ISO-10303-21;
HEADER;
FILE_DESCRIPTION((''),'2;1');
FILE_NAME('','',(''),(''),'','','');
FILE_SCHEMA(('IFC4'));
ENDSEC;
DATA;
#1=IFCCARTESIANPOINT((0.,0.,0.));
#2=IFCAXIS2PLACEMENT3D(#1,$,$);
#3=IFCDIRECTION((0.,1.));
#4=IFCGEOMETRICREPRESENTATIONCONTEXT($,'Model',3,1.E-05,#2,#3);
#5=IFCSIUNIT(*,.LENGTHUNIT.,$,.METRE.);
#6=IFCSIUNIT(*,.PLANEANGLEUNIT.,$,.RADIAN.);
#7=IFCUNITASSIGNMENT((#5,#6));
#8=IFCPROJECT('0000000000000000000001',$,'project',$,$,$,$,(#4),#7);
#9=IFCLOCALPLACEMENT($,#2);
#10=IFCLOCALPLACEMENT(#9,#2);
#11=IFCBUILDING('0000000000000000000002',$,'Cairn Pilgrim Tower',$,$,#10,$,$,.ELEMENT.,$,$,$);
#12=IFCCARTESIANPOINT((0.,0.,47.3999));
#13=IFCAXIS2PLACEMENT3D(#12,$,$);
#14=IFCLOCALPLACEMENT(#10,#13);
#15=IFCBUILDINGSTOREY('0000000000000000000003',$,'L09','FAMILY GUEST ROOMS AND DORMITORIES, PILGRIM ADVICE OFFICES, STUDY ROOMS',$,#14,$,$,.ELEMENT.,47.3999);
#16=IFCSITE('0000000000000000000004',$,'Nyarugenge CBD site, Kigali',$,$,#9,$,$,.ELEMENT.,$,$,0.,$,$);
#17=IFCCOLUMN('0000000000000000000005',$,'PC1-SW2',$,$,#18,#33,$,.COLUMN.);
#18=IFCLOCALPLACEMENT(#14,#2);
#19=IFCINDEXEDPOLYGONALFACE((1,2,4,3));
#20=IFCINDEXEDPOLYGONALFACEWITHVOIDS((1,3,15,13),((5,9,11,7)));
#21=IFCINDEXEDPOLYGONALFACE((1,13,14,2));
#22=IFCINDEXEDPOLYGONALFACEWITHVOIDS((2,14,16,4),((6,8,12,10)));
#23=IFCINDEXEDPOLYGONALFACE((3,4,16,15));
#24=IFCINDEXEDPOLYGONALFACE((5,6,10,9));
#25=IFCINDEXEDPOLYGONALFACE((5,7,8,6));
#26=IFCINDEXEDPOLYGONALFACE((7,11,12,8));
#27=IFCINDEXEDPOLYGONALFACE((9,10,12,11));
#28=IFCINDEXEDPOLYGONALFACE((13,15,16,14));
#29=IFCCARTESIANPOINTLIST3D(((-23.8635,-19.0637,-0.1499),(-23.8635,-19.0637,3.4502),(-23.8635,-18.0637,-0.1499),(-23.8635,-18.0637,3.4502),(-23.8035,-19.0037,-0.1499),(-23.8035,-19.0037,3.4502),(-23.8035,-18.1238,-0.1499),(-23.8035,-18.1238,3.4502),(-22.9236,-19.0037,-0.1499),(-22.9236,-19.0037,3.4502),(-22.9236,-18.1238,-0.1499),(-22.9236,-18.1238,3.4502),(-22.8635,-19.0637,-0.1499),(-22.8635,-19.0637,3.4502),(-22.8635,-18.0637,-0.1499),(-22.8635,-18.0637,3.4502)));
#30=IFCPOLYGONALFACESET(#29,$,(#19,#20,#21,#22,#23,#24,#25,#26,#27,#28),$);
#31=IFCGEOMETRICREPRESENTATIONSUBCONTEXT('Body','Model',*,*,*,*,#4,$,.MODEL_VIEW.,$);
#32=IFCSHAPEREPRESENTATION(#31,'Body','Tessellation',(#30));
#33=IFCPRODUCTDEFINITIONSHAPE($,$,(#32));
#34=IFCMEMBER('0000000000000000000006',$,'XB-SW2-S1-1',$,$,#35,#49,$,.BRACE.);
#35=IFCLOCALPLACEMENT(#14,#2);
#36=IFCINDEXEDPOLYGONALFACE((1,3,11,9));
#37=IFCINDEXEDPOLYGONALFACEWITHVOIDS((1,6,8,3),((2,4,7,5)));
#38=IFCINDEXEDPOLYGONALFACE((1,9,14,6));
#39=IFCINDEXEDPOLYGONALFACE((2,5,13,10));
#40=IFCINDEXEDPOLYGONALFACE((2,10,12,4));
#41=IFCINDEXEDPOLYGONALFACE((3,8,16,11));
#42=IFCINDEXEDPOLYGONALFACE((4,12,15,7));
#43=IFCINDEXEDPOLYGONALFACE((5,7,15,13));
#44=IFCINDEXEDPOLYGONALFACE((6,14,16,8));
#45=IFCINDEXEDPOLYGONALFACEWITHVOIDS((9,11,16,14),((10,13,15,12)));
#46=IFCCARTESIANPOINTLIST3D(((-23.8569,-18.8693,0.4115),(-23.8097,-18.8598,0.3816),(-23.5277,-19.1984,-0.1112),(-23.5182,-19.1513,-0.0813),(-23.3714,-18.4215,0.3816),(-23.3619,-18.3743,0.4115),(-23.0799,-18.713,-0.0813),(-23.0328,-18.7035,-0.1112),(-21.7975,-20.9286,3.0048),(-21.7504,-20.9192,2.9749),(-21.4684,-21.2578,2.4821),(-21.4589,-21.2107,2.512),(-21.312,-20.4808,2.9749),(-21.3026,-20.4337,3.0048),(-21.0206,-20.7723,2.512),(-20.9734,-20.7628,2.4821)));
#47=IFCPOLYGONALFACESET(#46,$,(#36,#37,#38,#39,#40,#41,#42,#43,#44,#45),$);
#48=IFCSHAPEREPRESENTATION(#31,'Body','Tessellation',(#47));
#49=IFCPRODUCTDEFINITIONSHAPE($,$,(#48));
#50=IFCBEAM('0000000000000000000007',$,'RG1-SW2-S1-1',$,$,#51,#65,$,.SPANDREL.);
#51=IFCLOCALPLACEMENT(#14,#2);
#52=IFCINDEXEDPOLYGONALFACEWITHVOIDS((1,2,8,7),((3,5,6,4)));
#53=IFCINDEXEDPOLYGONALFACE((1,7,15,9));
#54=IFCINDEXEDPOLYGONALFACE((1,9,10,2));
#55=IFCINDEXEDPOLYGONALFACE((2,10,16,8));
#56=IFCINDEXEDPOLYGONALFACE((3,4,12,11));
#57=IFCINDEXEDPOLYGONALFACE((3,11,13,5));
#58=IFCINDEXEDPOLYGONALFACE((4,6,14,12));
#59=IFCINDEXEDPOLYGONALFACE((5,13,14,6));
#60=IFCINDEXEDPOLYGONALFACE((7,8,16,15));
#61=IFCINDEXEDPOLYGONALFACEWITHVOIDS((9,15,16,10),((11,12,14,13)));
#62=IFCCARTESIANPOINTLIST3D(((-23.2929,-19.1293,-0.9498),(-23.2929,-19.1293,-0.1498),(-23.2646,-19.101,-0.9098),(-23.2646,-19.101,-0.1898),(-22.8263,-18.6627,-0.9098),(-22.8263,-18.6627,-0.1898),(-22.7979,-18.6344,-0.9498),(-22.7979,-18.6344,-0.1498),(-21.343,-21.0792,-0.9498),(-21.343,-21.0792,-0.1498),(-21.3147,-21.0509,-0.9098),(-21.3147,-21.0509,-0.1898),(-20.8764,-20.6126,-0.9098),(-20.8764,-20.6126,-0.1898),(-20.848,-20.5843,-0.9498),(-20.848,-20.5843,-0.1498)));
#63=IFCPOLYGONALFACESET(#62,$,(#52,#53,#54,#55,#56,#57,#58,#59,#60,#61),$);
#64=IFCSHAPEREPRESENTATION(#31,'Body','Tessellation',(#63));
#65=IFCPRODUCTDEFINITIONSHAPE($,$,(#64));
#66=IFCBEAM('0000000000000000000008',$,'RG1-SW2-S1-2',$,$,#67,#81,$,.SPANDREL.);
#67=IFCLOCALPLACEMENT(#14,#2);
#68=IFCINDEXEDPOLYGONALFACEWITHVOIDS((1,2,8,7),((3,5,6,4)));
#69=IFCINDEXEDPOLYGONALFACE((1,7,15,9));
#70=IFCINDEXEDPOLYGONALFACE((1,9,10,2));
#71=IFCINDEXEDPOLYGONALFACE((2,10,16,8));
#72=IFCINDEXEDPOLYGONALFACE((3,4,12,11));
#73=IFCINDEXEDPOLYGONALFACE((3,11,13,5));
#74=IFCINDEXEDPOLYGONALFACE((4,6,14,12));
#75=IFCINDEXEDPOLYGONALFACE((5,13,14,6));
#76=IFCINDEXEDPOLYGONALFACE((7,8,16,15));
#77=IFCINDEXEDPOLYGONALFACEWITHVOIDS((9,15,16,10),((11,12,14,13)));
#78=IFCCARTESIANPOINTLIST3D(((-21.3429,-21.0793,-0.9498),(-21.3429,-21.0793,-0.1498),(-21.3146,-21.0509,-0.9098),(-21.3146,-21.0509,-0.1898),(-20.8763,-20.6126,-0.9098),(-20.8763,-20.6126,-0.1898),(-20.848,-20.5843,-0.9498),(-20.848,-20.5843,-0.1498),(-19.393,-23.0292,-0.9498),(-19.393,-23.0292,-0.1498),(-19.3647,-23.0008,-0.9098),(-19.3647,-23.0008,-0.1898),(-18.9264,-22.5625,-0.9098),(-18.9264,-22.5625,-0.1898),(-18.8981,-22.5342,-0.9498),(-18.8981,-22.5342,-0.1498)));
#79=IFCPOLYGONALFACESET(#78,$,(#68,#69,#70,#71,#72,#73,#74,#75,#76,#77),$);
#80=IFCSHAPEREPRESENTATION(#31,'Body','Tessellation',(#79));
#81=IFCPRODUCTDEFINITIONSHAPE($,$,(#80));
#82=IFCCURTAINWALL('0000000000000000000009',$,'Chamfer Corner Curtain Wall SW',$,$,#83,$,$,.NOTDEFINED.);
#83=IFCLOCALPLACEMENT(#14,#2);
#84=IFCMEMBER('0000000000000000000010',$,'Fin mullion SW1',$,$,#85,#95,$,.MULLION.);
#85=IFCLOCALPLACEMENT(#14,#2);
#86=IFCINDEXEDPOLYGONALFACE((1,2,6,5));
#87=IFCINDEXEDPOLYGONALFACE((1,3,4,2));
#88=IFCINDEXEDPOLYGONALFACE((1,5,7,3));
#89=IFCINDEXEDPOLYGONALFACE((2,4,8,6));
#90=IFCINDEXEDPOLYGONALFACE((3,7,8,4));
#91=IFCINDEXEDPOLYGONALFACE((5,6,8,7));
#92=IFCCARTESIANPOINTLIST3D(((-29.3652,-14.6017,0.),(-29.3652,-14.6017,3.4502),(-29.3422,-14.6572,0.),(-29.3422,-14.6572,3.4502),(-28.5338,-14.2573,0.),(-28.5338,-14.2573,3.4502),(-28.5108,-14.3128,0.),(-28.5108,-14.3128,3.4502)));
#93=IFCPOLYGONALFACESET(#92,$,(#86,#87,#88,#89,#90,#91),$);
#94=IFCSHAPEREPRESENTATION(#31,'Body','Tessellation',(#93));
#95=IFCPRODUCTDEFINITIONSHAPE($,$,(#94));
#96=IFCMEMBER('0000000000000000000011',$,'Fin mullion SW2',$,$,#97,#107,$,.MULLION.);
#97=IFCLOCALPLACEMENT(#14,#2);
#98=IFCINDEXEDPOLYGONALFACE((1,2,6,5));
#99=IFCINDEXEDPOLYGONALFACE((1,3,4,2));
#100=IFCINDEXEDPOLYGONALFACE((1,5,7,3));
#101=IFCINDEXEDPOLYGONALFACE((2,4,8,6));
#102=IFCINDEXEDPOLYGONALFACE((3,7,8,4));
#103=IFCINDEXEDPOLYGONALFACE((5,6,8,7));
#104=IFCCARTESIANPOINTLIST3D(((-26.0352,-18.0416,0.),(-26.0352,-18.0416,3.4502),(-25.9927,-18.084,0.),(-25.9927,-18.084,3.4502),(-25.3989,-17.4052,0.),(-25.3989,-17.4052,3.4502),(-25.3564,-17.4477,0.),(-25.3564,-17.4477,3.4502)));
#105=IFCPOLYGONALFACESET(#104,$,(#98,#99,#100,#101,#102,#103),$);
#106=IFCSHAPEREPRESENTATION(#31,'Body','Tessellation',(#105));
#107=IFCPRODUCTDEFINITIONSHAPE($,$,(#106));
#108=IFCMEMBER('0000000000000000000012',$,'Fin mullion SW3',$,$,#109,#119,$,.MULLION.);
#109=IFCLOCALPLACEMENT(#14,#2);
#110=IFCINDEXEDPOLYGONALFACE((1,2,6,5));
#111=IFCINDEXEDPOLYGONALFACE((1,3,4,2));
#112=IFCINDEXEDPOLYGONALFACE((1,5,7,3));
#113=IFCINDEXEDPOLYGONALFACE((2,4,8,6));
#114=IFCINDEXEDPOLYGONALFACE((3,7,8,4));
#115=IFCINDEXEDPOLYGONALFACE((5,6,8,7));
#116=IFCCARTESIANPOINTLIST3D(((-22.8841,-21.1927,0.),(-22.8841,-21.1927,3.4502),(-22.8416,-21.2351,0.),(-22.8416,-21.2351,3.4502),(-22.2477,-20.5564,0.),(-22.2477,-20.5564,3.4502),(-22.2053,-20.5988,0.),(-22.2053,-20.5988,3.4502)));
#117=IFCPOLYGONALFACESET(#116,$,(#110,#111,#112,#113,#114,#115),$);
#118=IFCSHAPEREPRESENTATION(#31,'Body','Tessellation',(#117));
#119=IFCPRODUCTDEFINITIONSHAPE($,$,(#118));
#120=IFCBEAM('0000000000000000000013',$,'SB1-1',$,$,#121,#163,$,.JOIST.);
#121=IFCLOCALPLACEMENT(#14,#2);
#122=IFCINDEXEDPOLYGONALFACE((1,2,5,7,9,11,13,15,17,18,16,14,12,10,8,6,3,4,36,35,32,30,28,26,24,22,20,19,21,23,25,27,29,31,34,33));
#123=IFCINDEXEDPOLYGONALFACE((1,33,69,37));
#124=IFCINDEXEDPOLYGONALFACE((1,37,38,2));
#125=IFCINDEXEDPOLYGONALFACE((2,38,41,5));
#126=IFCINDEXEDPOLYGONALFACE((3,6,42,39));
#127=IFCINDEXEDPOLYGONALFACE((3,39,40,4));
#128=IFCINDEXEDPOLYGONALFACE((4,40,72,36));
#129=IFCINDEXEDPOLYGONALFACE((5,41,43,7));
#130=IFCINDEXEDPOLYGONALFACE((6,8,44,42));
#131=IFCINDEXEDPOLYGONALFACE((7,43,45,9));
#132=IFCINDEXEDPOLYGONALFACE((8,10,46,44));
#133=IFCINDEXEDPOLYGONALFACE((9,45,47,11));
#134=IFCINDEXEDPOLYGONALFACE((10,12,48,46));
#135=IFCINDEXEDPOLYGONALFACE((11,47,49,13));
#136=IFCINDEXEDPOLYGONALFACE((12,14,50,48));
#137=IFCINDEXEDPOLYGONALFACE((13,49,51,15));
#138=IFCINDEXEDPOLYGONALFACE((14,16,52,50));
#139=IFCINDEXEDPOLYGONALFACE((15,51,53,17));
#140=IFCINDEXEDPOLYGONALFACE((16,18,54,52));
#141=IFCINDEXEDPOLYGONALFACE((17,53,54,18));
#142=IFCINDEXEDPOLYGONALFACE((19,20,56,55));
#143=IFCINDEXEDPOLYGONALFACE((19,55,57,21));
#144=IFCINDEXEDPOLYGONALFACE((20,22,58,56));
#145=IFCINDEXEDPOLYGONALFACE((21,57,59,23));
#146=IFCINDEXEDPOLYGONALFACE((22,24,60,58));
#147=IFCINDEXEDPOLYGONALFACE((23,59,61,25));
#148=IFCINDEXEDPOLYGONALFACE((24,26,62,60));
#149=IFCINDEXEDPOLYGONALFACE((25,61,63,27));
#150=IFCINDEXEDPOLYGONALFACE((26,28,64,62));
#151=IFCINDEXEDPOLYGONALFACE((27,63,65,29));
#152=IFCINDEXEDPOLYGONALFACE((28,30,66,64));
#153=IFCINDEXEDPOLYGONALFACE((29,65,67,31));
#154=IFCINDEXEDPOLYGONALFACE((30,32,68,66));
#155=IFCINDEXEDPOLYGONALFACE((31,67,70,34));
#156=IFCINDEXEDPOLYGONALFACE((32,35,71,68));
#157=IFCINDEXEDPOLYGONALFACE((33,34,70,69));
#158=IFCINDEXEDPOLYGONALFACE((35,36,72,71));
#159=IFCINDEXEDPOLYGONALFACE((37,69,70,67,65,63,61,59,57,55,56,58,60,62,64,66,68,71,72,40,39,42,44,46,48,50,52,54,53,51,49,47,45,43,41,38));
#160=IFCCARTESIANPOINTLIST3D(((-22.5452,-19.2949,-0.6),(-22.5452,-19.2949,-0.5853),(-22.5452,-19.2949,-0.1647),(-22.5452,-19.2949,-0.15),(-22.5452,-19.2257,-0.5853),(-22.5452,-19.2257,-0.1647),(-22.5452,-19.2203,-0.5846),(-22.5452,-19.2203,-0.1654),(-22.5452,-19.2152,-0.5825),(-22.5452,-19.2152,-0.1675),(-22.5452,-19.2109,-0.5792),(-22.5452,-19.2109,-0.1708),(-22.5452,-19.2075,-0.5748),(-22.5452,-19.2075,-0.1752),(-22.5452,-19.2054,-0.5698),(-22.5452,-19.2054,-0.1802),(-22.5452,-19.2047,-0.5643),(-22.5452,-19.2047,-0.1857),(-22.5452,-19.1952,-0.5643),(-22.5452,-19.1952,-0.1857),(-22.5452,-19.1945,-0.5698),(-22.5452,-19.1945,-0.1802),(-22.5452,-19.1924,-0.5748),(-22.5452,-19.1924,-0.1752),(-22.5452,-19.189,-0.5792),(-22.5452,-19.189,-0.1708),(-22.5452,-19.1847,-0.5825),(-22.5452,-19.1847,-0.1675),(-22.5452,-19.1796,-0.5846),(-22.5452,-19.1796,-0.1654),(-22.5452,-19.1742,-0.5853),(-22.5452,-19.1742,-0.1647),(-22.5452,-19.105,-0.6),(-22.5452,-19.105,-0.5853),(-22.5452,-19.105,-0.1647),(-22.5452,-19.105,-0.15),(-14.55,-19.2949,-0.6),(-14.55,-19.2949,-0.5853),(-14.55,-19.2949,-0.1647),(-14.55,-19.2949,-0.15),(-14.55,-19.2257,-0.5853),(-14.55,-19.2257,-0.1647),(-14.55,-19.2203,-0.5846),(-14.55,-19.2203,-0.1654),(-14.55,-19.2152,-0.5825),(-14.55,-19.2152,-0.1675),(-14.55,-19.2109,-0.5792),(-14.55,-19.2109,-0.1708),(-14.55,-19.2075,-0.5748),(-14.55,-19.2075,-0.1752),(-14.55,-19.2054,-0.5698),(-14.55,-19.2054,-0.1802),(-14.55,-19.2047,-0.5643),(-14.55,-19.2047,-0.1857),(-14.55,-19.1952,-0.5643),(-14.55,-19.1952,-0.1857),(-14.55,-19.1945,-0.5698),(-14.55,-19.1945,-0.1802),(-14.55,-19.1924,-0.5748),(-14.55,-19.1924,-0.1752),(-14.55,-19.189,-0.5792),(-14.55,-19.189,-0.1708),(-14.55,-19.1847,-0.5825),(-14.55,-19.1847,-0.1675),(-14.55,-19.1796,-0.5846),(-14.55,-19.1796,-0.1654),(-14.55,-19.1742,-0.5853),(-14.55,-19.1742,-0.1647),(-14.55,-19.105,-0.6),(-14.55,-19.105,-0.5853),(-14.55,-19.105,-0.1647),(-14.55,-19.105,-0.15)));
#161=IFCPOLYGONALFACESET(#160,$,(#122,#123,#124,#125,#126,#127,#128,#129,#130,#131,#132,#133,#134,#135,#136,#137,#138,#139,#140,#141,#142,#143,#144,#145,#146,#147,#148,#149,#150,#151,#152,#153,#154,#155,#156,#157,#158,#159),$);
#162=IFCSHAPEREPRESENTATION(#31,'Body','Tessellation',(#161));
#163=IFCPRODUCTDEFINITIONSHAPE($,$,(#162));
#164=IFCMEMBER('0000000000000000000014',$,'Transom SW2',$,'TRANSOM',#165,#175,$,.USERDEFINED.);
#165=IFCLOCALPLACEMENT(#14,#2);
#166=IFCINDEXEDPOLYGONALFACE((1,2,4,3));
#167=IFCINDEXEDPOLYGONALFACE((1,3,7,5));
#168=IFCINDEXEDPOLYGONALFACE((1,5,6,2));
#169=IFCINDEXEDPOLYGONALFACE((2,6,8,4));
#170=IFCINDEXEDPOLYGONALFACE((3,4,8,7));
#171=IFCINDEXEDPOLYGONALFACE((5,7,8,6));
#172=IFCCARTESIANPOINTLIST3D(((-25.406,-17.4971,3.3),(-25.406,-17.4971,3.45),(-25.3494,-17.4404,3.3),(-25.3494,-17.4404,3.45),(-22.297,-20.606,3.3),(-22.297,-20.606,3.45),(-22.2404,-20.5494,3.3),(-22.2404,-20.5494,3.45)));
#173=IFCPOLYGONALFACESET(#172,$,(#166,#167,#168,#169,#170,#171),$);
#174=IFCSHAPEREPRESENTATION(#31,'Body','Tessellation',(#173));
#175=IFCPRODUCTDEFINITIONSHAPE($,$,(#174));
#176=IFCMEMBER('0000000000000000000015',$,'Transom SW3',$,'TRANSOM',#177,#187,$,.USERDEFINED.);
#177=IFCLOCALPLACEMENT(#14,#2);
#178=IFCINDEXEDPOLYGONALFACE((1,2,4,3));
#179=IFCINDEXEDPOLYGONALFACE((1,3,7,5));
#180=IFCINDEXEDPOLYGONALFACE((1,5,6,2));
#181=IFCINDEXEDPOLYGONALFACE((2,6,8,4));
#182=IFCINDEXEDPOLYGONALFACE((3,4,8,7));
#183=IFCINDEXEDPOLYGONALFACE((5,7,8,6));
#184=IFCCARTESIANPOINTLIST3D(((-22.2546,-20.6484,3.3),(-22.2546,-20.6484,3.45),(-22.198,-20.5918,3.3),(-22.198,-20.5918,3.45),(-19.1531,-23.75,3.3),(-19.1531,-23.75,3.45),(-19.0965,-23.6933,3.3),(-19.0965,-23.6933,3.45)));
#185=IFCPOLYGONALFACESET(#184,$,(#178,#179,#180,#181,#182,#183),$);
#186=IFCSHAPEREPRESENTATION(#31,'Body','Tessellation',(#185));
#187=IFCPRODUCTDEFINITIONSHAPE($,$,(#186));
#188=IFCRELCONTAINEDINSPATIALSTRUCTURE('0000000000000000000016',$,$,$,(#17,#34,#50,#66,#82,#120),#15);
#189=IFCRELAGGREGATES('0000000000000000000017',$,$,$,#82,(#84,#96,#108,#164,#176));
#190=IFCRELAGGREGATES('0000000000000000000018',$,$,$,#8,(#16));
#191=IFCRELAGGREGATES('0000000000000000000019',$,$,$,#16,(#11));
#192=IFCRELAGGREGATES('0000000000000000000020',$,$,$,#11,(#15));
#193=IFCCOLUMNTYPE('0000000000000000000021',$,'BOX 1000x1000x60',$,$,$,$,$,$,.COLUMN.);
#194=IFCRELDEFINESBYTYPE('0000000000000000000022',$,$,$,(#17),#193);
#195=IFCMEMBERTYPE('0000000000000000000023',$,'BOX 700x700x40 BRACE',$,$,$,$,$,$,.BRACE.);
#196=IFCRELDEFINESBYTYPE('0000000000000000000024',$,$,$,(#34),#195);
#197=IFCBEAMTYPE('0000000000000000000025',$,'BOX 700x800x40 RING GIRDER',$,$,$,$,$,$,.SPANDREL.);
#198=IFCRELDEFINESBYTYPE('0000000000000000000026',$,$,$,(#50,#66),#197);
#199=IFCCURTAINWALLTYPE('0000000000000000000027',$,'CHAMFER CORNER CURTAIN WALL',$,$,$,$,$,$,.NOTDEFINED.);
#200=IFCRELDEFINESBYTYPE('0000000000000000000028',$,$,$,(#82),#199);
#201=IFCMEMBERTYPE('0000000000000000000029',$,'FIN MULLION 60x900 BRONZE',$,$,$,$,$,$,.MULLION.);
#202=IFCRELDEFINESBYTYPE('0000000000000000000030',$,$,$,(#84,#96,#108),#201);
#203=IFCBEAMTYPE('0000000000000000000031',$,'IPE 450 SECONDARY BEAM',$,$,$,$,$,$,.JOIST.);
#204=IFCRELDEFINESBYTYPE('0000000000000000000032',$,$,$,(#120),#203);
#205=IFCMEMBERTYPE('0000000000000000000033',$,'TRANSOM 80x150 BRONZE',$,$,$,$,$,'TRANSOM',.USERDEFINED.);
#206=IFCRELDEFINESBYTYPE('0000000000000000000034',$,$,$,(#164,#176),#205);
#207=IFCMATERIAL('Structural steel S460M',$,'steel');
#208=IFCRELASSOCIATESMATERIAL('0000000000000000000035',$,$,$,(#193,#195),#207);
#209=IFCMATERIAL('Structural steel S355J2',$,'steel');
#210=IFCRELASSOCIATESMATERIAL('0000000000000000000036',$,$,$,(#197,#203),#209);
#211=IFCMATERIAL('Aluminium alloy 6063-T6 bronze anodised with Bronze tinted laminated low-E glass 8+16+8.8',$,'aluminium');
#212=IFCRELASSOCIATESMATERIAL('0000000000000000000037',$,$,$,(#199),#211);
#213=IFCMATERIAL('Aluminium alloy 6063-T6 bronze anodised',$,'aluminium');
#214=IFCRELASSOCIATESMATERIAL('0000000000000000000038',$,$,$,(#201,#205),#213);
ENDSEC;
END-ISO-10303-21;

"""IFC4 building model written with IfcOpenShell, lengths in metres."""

from ifc_helpers import new_model, si_unit, direction, frame, origin, origin_2d, place, context, subcontext, project, spatial, rectangle, hollow_rectangle, i_section, extrude, material, material_profile, profile_set, type_object, element, aggregate, save


model = new_model("IFC4")

# Units and contexts
model_context = context("Model", 3, precision=1e-05, world=origin(), true_north=direction((0.0, 1.0)))
body_context = subcontext(model_context, "Body", "Model", "MODEL_VIEW")
ifc_project = project(units=[si_unit("LENGTHUNIT", "METRE"), si_unit("PLANEANGLEUNIT", "RADIAN")], contexts=[model_context])

# Site, building, storey
site_placement = place(None, origin())
site = spatial("IfcSite", under=ifc_project, at=site_placement, Name="Nyarugenge CBD site, Kigali", CompositionType="ELEMENT", RefElevation=0.0)
building_placement = place(site_placement, origin())
building = spatial("IfcBuilding", under=site, at=building_placement, Name="Cairn Pilgrim Tower", CompositionType="ELEMENT")
storey_placement = place(building_placement, frame((0.0, 0.0, 47.3999)))
storey = spatial("IfcBuildingStorey", under=building, at=storey_placement, Name="L09", Description="FAMILY GUEST ROOMS AND DORMITORIES, PILGRIM ADVICE OFFICES, STUDY ROOMS", CompositionType="ELEMENT", Elevation=47.3999)

# Column
ifc_material_1 = material(Name="Structural steel S460M", Category="steel")
ifc_material_profile_1 = material_profile(ifc_material_1, hollow_rectangle(XDim=1.0, YDim=1.0, WallThickness=0.0601, at=origin_2d()), Name="BOX 1000x1000x60")
ifc_profile_set_1 = profile_set([ifc_material_profile_1], Name="Structural steel S460M")
column_type = type_object("IfcColumnType", Name="BOX 1000x1000x60", PredefinedType="COLUMN", material=ifc_profile_set_1)
column_placement = place(storey_placement, frame((-23.3635, -18.5637, -0.1499), z_axis=(0.0, 0.0, 1.0), x_axis=(1.0, 0.0, 0.0)))
element("IfcColumn", 1, at=column_placement, inside=storey, type_object=column_type, Name="PC1-SW2", PredefinedType="COLUMN", context=body_context, shape_type="SweptSolid", body=[
    extrude(hollow_rectangle(XDim=1.0, YDim=1.0, WallThickness=0.0601, at=origin_2d()), origin(), (0.0, 0.0, 1.0), 3.6001),
])

# Member
ifc_material_profile_2 = material_profile(ifc_material_1, hollow_rectangle(XDim=0.7, YDim=0.7, WallThickness=0.04, at=origin_2d()), Name="BOX 700x700x40")
ifc_profile_set_2 = profile_set([ifc_material_profile_2], Name="Structural steel S460M")
member_type_1 = type_object("IfcMemberType", Name="BOX 700x700x40 BRACE", PredefinedType="BRACE", material=ifc_profile_set_2)
member_1_placement = place(storey_placement, frame((-23.4448, -18.7864, 0.1501), z_axis=(0.52809, -0.52809, 0.665012), x_axis=(0.707107, 0.707107, 0.0)))
element("IfcMember", 2, at=member_1_placement, inside=storey, type_object=member_type_1, Name="XB-SW2-S1-1", PredefinedType="BRACE", context=body_context, shape_type="SweptSolid", body=[
    extrude(hollow_rectangle(XDim=0.7, YDim=0.7, WallThickness=0.04, at=origin_2d()), origin(), (0.0, 0.0, 1.0), 3.8997),
])

# Beams
ifc_material_2 = material(Name="Structural steel S355J2", Category="steel")
ifc_material_profile_3 = material_profile(ifc_material_2, hollow_rectangle(XDim=0.7, YDim=0.8, WallThickness=0.04, at=origin_2d()), Name="BOX 700x800x40")
ifc_profile_set_3 = profile_set([ifc_material_profile_3], Name="Structural steel S355J2")
beam_type_1 = type_object("IfcBeamType", Name="BOX 700x800x40 RING GIRDER", PredefinedType="SPANDREL", material=ifc_profile_set_3)
for number, where, z_axis, x_axis, name in (
    (3, (-23.0454, -18.8818, -0.5498), (0.707107, -0.707107, 0.0), (0.707107, 0.707107, 0.0), "RG1-SW2-S1-1"),
    (4, (-21.0955, -20.8318, -0.5498), (0.707107, -0.707107, 0.0), (0.707107, 0.707107, 0.0), "RG1-SW2-S1-2"),
):
    element("IfcBeam", number, at=place(storey_placement, frame(where, z_axis=z_axis, x_axis=x_axis)), inside=storey, type_object=beam_type_1, Name=name, PredefinedType="SPANDREL", context=body_context, shape_type="SweptSolid", body=[
        extrude(hollow_rectangle(XDim=0.7, YDim=0.8, WallThickness=0.04, at=origin_2d()), origin(), (0.0, 0.0, 1.0), 2.7576),
    ])

# Curtain wall, members
ifc_material_3 = material(Name="Aluminium alloy 6063-T6 bronze anodised with Bronze tinted laminated low-E glass 8+16+8.8", Category="aluminium")
curtain_wall_type = type_object("IfcCurtainWallType", Name="CHAMFER CORNER CURTAIN WALL", PredefinedType="NOTDEFINED", material=ifc_material_3)
curtain_wall_placement = place(storey_placement, origin())
curtain_wall = element("IfcCurtainWall", 5, at=curtain_wall_placement, inside=storey, type_object=curtain_wall_type, Name="Chamfer Corner Curtain Wall SW", PredefinedType="NOTDEFINED")
ifc_material_4 = material(Name="Aluminium alloy 6063-T6 bronze anodised", Category="aluminium")
ifc_material_profile_4 = material_profile(ifc_material_4, rectangle(XDim=0.8999, YDim=0.0601, at=origin_2d()), Name="FIN MULLION 60x900 BRONZE")
ifc_profile_set_4 = profile_set([ifc_material_profile_4], Name="Aluminium alloy 6063-T6 bronze anodised")
member_type_2 = type_object("IfcMemberType", Name="FIN MULLION 60x900 BRONZE", PredefinedType="MULLION", material=ifc_profile_set_4)
member_2_placement = place(storey_placement, frame((-28.938, -14.4573, 0.0), z_axis=(0.0, 0.0, 1.0), x_axis=(-0.92388, -0.382683, 0.0)))
member_2 = element("IfcMember", 6, at=member_2_placement, type_object=member_type_2, Name="Fin mullion SW1", PredefinedType="MULLION", context=body_context, shape_type="SweptSolid", body=[
    extrude(rectangle(XDim=0.8999, YDim=0.0601, at=origin_2d()), origin(), (0.0, 0.0, 1.0), 3.4502),
])
member_3_placement = place(storey_placement, frame((-25.6958, -17.7446, 0.0), z_axis=(0.0, 0.0, 1.0), x_axis=(-0.707107, -0.707107, 0.0)))
member_3 = element("IfcMember", 7, at=member_3_placement, type_object=member_type_2, Name="Fin mullion SW2", PredefinedType="MULLION", context=body_context, shape_type="SweptSolid", body=[
    extrude(rectangle(XDim=0.8999, YDim=0.0601, at=origin_2d()), origin(), (0.0, 0.0, 1.0), 3.4502),
])
member_4_placement = place(storey_placement, frame((-22.5447, -20.8958, 0.0), z_axis=(0.0, 0.0, 1.0), x_axis=(-0.707107, -0.707107, 0.0)))
member_4 = element("IfcMember", 8, at=member_4_placement, type_object=member_type_2, Name="Fin mullion SW3", PredefinedType="MULLION", context=body_context, shape_type="SweptSolid", body=[
    extrude(rectangle(XDim=0.8999, YDim=0.0601, at=origin_2d()), origin(), (0.0, 0.0, 1.0), 3.4502),
])

# Beam
ifc_material_profile_5 = material_profile(ifc_material_2, i_section(OverallWidth=0.1899, OverallDepth=0.45, WebThickness=0.0095, FlangeThickness=0.0146, FilletRadius=0.021, at=origin_2d()), Name="IPE 450")
ifc_profile_set_5 = profile_set([ifc_material_profile_5], Name="Structural steel S355J2")
beam_type_2 = type_object("IfcBeamType", Name="IPE 450 SECONDARY BEAM", PredefinedType="JOIST", material=ifc_profile_set_5)
beam_placement = place(storey_placement, frame((-22.5452, -19.2, -0.375), z_axis=(1.0, 0.0, 0.0), x_axis=(0.0, 1.0, 0.0)))
element("IfcBeam", 9, at=beam_placement, inside=storey, type_object=beam_type_2, Name="SB1-1", PredefinedType="JOIST", context=body_context, shape_type="SweptSolid", body=[
    extrude(i_section(OverallWidth=0.1899, OverallDepth=0.45, WebThickness=0.0095, FlangeThickness=0.0146, FilletRadius=0.021, at=origin_2d()), origin(), (0.0, 0.0, 1.0), 7.9951),
])

# Members
ifc_material_profile_6 = material_profile(ifc_material_4, rectangle(XDim=0.0801, YDim=0.1499, at=origin_2d()), Name="TRANSOM 80x150 BRONZE")
ifc_profile_set_6 = profile_set([ifc_material_profile_6], Name="Aluminium alloy 6063-T6 bronze anodised")
member_type_3 = type_object("IfcMemberType", Name="TRANSOM 80x150 BRONZE", ElementType="TRANSOM", PredefinedType="USERDEFINED", material=ifc_profile_set_6)
member_5_placement = place(storey_placement, frame((-25.3777, -17.4688, 3.375), z_axis=(0.707107, -0.707107, 0.0), x_axis=(0.707107, 0.707107, 0.0)))
member_5 = element("IfcMember", 10, at=member_5_placement, type_object=member_type_3, Name="Transom SW2", ObjectType="TRANSOM", PredefinedType="USERDEFINED", context=body_context, shape_type="SweptSolid", body=[
    extrude(rectangle(XDim=0.0801, YDim=0.1499, at=origin_2d()), origin(), (0.0, 0.0, 1.0), 4.3967),
])
member_6_placement = place(storey_placement, frame((-22.2263, -20.6201, 3.375), z_axis=(0.707107, -0.707107, 0.0), x_axis=(0.707107, 0.707107, 0.0)))
member_6 = element("IfcMember", 11, at=member_6_placement, type_object=member_type_3, Name="Transom SW3", ObjectType="TRANSOM", PredefinedType="USERDEFINED", context=body_context, shape_type="SweptSolid", body=[
    extrude(rectangle(XDim=0.0801, YDim=0.1499, at=origin_2d()), origin(), (0.0, 0.0, 1.0), 4.3862),
])

aggregate(curtain_wall, [member_2, member_3, member_4, member_5, member_6])

save(model, "model.ifc")
